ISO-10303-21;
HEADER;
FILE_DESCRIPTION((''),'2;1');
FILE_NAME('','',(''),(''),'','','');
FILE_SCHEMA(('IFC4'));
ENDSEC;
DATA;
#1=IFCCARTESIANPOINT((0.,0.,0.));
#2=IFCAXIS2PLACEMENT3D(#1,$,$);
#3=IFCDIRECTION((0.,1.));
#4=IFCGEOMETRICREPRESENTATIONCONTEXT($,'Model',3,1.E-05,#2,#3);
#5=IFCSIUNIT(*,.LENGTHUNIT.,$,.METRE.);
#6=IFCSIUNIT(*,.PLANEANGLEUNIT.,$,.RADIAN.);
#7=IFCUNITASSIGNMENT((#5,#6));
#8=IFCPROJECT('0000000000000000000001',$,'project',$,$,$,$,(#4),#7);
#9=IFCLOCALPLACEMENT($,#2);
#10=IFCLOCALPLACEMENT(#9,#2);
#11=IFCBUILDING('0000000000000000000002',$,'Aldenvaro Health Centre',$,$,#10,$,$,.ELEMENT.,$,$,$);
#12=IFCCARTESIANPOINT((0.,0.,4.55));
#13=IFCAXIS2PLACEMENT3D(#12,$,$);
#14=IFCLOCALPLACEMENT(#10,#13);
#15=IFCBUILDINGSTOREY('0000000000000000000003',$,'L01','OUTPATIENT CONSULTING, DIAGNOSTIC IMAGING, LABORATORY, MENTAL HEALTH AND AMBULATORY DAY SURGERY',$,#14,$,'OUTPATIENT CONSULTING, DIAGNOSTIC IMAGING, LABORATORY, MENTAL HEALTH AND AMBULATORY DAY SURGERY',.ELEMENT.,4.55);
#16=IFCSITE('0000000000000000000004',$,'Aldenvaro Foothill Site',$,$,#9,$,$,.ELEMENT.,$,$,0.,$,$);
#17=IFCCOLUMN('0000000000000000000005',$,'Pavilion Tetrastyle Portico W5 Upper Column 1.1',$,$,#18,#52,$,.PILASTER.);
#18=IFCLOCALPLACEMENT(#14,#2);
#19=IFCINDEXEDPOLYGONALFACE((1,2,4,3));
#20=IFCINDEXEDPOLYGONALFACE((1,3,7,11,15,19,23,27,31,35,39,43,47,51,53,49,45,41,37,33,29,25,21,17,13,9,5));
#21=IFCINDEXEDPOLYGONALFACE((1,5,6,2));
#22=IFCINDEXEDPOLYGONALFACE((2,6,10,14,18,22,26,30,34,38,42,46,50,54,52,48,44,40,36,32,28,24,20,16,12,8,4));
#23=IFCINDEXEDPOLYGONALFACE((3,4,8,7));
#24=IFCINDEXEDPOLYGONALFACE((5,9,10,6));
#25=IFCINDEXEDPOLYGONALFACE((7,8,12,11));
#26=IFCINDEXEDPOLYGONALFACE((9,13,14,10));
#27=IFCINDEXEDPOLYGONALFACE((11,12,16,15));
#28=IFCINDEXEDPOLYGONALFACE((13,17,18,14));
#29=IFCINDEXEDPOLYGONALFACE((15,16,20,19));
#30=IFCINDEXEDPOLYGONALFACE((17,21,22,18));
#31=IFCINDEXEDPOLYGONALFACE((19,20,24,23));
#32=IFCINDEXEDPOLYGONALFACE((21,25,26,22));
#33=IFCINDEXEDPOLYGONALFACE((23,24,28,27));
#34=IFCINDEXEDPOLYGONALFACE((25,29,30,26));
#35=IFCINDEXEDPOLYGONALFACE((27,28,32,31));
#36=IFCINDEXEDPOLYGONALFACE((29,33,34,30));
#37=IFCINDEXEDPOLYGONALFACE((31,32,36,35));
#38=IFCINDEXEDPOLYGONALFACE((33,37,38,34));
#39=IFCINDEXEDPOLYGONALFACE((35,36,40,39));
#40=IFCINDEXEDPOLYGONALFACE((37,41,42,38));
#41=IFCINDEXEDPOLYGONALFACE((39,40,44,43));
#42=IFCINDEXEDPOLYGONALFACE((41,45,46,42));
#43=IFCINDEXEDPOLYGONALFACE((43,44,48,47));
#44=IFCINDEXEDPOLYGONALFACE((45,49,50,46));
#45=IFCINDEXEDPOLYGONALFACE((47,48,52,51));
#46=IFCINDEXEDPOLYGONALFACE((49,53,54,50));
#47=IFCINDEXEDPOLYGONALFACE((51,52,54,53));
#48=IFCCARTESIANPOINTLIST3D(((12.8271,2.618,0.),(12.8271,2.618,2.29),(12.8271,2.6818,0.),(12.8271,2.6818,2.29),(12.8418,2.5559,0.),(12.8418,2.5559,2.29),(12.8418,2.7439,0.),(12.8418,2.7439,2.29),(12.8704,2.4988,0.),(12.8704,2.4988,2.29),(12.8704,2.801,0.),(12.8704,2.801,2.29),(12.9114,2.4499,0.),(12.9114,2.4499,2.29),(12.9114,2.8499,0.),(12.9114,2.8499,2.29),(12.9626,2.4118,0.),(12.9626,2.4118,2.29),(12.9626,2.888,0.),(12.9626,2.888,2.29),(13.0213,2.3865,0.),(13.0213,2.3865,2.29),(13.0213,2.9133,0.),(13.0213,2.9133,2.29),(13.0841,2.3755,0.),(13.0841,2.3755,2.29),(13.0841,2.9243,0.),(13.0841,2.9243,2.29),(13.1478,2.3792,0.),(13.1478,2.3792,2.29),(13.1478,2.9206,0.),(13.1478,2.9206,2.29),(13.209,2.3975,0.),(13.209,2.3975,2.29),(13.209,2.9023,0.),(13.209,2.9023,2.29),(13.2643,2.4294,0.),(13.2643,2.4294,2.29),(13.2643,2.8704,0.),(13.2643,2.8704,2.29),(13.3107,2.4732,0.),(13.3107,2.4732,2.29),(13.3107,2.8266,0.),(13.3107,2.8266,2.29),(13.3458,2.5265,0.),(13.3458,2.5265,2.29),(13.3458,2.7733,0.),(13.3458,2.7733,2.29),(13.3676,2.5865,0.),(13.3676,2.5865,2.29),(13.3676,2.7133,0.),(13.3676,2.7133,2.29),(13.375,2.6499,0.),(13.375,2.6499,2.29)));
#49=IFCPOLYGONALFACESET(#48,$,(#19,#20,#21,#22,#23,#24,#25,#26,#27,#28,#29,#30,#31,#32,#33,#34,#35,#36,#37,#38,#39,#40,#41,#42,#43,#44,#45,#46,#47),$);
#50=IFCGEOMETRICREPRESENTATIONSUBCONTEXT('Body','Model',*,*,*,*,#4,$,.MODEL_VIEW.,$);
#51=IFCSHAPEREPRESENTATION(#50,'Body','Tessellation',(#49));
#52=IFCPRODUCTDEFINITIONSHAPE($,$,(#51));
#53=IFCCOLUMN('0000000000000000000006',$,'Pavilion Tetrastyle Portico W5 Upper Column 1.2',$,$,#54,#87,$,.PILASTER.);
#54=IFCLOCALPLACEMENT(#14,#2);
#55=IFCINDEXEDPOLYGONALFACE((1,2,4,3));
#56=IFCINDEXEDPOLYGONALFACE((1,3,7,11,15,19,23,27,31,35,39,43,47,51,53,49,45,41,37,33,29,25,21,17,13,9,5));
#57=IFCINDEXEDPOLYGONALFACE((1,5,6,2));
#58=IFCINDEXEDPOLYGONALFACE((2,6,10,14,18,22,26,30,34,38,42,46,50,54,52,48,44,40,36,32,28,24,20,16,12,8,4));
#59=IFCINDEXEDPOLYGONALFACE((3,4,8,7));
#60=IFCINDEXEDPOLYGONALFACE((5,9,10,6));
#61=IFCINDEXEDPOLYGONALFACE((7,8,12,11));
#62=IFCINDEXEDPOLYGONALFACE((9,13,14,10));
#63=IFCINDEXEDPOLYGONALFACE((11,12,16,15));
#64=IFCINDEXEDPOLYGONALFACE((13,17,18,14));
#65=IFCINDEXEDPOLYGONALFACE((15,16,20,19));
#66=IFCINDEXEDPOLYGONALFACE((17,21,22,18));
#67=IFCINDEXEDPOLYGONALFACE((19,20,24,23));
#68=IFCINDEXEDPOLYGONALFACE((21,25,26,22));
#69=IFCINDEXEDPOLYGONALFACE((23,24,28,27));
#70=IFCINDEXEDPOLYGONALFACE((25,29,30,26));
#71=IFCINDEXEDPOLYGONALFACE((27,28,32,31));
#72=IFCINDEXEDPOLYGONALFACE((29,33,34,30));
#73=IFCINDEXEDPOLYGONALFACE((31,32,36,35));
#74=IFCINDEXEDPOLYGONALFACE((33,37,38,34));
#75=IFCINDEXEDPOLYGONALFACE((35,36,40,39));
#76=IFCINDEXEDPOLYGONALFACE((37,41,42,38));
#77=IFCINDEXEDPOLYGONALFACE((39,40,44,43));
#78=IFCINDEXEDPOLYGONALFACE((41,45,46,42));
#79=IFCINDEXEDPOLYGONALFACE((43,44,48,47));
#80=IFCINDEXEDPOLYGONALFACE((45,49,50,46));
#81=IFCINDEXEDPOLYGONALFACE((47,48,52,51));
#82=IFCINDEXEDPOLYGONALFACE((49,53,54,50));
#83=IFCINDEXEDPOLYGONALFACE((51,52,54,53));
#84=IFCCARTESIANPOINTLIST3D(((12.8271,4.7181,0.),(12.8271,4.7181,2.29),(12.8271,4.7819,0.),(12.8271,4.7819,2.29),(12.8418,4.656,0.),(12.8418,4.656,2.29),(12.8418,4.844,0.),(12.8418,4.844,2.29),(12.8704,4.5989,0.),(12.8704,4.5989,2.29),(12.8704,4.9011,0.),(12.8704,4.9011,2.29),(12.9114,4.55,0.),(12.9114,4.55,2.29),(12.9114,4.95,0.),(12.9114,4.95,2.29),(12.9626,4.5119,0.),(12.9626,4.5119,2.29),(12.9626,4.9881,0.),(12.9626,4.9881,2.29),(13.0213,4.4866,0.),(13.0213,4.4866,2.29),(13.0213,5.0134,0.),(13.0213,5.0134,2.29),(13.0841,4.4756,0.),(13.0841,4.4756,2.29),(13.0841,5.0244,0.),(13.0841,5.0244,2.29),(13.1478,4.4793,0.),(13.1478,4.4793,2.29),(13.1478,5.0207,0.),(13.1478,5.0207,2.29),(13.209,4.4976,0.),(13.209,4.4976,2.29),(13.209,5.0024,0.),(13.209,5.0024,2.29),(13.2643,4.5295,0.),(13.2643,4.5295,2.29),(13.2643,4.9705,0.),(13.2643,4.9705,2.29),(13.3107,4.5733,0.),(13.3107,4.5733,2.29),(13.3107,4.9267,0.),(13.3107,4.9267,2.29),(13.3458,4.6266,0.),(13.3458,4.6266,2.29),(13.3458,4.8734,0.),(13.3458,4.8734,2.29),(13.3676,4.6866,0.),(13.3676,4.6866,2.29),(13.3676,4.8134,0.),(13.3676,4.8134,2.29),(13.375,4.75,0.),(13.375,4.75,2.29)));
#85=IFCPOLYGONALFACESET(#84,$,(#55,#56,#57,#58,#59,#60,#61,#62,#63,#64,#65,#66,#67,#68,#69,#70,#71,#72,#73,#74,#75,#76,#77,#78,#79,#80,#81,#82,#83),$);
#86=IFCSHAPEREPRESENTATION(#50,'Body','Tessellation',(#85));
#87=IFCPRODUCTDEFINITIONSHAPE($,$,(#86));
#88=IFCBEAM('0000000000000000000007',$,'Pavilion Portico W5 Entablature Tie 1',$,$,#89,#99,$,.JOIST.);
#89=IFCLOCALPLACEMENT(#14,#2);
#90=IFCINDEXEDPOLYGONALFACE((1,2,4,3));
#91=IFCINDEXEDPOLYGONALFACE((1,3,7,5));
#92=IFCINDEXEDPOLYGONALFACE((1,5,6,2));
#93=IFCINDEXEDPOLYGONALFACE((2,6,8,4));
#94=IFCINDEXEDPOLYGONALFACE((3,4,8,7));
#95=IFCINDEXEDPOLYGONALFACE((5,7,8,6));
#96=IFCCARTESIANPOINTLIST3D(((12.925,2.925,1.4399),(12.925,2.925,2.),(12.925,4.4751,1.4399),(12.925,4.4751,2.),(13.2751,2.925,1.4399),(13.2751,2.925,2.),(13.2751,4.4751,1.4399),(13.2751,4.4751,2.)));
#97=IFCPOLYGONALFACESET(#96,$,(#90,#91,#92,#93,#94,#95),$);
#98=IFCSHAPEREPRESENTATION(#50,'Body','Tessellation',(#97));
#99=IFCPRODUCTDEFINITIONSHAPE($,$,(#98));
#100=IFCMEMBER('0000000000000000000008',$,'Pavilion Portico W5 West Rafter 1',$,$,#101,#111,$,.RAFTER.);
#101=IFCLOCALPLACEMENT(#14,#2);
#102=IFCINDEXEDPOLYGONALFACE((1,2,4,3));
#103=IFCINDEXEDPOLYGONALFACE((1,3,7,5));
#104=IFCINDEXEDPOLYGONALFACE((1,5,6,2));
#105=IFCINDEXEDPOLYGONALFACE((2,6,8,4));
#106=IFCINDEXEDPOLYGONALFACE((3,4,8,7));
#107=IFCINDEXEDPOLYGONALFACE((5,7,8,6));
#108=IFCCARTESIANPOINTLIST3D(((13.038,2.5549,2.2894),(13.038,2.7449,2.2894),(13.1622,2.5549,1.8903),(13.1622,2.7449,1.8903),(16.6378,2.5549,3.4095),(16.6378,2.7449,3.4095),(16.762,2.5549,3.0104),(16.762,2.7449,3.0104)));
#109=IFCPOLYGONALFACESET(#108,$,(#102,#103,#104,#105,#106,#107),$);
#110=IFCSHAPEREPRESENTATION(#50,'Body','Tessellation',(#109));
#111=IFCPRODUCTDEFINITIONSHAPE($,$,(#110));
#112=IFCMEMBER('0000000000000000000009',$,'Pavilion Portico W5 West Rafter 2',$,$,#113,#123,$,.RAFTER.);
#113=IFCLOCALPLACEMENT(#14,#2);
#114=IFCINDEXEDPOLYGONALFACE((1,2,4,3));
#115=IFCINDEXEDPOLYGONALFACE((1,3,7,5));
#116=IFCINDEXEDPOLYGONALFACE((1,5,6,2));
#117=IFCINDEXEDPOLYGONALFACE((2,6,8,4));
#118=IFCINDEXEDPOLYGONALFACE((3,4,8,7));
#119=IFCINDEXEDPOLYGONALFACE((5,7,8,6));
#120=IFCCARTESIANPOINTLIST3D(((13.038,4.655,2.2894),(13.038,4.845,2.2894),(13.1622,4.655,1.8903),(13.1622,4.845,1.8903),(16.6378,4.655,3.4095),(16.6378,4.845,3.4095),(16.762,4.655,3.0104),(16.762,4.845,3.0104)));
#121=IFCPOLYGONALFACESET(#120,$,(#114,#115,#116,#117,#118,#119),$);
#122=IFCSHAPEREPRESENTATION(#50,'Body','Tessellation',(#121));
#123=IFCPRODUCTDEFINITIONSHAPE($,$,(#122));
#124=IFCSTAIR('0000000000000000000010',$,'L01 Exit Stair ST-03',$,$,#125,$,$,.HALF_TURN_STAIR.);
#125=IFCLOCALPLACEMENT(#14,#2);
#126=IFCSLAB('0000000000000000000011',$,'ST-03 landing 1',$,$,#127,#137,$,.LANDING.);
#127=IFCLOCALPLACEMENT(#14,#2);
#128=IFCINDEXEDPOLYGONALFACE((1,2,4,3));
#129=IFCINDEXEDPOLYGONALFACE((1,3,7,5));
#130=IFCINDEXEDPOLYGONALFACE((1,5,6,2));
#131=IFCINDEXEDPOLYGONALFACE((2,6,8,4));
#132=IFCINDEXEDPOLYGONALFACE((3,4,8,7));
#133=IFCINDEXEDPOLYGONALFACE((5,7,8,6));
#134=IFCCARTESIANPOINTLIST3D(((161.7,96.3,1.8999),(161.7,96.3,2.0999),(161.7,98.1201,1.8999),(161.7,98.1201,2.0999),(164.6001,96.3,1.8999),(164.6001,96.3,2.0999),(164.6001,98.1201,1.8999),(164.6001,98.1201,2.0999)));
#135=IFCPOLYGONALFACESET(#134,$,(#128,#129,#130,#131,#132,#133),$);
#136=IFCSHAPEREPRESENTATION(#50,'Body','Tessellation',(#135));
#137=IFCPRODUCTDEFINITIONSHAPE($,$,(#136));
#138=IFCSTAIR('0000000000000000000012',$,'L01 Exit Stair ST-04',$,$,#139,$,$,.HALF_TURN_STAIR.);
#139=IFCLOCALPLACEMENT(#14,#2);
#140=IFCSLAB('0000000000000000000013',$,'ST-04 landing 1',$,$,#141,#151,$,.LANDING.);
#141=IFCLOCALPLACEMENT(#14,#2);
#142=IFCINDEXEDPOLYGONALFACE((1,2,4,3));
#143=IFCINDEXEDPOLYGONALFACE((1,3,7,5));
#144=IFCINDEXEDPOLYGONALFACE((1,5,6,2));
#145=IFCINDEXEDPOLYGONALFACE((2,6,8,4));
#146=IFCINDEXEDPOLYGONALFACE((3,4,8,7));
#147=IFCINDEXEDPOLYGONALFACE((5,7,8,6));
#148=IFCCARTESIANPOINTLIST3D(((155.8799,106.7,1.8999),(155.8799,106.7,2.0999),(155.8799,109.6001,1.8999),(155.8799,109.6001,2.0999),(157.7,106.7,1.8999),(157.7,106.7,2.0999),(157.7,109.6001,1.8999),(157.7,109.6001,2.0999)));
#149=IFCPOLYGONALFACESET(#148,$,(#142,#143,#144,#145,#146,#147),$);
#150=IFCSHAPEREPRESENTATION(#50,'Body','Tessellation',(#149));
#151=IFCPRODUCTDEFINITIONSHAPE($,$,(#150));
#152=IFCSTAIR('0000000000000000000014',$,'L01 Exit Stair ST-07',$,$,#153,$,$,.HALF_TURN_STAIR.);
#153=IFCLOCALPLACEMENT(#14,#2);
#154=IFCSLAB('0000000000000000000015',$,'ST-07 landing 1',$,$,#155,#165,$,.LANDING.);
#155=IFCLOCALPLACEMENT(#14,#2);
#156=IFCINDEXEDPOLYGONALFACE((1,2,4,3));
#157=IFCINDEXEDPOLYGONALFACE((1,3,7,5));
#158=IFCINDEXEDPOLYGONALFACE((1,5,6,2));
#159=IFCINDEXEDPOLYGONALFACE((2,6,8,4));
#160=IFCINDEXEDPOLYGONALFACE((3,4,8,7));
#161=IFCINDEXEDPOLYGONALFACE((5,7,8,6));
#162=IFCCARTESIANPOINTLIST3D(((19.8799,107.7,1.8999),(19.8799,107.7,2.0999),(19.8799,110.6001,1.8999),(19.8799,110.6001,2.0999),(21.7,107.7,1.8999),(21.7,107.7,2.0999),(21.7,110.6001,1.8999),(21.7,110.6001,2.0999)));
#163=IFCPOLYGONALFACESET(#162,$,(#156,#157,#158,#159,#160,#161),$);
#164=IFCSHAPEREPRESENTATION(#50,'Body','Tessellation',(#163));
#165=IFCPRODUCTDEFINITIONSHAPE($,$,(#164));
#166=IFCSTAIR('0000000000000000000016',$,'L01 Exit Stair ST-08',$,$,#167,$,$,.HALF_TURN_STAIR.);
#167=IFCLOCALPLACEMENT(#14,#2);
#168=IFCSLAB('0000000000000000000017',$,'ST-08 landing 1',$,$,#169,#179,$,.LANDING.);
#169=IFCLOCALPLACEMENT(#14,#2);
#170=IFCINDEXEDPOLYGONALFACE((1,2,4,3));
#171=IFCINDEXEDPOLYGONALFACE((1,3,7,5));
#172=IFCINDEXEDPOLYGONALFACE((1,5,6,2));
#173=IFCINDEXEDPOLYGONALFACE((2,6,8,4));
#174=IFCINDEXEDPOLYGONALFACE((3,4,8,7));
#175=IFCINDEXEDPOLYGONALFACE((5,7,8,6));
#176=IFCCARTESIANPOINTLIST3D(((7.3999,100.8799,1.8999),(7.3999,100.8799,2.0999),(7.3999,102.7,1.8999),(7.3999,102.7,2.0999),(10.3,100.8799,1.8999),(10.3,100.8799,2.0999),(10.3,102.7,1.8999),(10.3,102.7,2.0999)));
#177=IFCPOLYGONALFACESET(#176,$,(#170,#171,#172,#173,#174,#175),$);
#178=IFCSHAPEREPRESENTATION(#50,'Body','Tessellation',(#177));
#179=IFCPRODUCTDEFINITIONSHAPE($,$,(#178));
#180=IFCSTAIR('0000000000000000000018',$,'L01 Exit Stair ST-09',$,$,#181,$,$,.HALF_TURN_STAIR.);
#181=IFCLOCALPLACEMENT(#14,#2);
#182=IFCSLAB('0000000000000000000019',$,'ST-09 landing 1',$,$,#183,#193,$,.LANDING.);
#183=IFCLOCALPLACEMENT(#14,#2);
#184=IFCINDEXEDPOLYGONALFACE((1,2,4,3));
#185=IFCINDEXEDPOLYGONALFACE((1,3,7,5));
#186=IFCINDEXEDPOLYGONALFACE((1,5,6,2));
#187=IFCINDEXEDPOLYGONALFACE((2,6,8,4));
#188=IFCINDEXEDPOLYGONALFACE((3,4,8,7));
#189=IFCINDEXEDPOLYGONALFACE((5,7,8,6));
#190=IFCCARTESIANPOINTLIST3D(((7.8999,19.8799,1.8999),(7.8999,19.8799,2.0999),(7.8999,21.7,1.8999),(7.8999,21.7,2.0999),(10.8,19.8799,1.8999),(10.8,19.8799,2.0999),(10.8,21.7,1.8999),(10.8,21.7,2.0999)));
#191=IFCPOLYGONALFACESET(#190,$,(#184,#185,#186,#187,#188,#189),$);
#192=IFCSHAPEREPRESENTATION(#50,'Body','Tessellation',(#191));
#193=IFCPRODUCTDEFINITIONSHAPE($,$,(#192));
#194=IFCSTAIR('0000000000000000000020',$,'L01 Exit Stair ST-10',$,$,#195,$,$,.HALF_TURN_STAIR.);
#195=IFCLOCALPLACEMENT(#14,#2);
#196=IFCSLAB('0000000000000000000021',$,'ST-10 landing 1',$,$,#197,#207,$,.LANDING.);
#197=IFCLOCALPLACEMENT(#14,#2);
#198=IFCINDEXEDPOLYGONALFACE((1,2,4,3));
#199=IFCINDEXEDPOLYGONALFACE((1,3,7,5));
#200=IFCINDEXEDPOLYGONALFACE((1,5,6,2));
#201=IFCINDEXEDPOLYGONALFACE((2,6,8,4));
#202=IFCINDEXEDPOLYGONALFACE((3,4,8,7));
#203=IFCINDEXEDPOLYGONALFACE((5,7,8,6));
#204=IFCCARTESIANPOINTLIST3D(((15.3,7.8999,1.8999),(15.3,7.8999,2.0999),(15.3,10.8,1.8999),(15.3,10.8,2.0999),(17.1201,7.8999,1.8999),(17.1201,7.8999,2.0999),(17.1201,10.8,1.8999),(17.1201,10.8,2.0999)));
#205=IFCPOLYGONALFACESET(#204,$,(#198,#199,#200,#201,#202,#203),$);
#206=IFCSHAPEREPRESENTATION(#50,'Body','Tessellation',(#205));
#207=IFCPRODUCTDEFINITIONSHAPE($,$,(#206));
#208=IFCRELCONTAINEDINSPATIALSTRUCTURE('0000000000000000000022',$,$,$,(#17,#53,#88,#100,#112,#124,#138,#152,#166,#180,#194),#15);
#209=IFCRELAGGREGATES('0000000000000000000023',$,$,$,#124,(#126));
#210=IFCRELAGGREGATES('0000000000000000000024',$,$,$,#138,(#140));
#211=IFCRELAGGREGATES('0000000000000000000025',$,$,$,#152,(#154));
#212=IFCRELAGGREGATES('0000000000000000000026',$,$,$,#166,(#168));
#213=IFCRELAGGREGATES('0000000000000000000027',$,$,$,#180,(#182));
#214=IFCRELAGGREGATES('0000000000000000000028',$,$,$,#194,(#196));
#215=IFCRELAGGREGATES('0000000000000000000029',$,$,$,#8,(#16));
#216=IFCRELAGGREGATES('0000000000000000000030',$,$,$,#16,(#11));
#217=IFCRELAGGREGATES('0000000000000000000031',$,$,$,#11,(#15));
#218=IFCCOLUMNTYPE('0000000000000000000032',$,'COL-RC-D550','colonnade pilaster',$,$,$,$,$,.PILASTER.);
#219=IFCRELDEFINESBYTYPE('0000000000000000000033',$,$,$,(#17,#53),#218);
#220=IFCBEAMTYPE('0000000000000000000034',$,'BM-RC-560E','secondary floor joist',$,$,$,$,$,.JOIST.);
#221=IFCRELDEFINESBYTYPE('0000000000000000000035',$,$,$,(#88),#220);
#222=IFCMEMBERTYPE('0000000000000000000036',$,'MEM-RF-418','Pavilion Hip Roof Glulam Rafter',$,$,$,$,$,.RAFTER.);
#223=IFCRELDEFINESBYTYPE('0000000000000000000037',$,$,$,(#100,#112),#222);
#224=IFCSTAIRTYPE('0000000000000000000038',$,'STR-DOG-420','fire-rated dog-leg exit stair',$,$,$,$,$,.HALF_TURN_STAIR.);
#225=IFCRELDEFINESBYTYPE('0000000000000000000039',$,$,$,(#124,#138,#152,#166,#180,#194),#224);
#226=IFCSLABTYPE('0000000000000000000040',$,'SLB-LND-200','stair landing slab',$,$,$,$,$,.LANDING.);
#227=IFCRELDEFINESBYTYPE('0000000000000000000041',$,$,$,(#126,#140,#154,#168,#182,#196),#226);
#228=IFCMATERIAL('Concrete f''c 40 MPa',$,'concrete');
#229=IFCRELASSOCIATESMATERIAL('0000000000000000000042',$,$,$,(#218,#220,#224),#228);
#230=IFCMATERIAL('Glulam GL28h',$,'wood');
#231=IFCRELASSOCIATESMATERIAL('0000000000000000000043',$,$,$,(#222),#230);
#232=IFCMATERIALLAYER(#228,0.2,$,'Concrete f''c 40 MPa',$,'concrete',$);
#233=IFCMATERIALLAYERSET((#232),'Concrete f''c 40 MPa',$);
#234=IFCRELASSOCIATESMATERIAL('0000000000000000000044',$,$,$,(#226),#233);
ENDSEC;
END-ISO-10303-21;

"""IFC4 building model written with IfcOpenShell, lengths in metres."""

from ifc_helpers import new_model, si_unit, direction, frame, origin, origin_2d, place, context, subcontext, project, spatial, polyline, rectangle, circle, outline, extrude, material, layer, layer_set, material_profile, profile_set, type_object, element, aggregate, save


model = new_model("IFC4")

# Units and contexts
model_context = context("Model", 3, precision=1e-05, world=origin(), true_north=direction((0.0, 1.0)))
body_context = subcontext(model_context, "Body", "Model", "MODEL_VIEW")
ifc_project = project(units=[si_unit("LENGTHUNIT", "METRE"), si_unit("PLANEANGLEUNIT", "RADIAN")], contexts=[model_context])

# Site, building, storey
site_placement = place(None, origin())
site = spatial("IfcSite", under=ifc_project, at=site_placement, Name="Aldenvaro Foothill Site", CompositionType="ELEMENT", RefElevation=0.0)
building_placement = place(site_placement, origin())
building = spatial("IfcBuilding", under=site, at=building_placement, Name="Aldenvaro Health Centre", CompositionType="ELEMENT")
storey_placement = place(building_placement, frame((0.0, 0.0, 4.55)))
storey = spatial("IfcBuildingStorey", under=building, at=storey_placement, Name="L01", Description="OUTPATIENT CONSULTING, DIAGNOSTIC IMAGING, LABORATORY, MENTAL HEALTH AND AMBULATORY DAY SURGERY", LongName="OUTPATIENT CONSULTING, DIAGNOSTIC IMAGING, LABORATORY, MENTAL HEALTH AND AMBULATORY DAY SURGERY", CompositionType="ELEMENT", Elevation=4.55)

# Columns
ifc_material_1 = material(Name="Concrete f'c 40 MPa", Category="concrete")
ifc_material_profile_1 = material_profile(ifc_material_1, circle(Radius=0.2749, at=origin_2d()), Name="RC D550", Category="concrete")
ifc_profile_set_1 = profile_set([ifc_material_profile_1], Name="Concrete f'c 40 MPa")
column_type = type_object("IfcColumnType", Name="COL-RC-D550", Description="colonnade pilaster", PredefinedType="PILASTER", material=ifc_profile_set_1)
for number, where, z_axis, x_axis, name in (
    (1, (13.1001, 2.6499, 0.0), (0.0, 0.0, 1.0), (1.0, 0.0, 0.0), "Pavilion Tetrastyle Portico W5 Upper Column 1.1"),
    (2, (13.1001, 4.75, 0.0), (0.0, 0.0, 1.0), (1.0, 0.0, 0.0), "Pavilion Tetrastyle Portico W5 Upper Column 1.2"),
):
    element("IfcColumn", number, at=place(storey_placement, frame(where, z_axis=z_axis, x_axis=x_axis)), inside=storey, type_object=column_type, Name=name, PredefinedType="PILASTER", context=body_context, shape_type="SweptSolid", body=[
        extrude(circle(Radius=0.2749, at=origin_2d()), origin(), (0.0, 0.0, 1.0), 2.29),
    ])

# Beam
ifc_material_profile_2 = material_profile(ifc_material_1, rectangle(XDim=0.3501, YDim=0.5601, at=origin_2d()), Name="RC 350x560", Category="concrete")
ifc_profile_set_2 = profile_set([ifc_material_profile_2], Name="Concrete f'c 40 MPa")
beam_type = type_object("IfcBeamType", Name="BM-RC-560E", Description="secondary floor joist", PredefinedType="JOIST", material=ifc_profile_set_2)
beam_placement = place(storey_placement, frame((13.1001, 2.925, 1.72), z_axis=(0.0, 1.0, 0.0), x_axis=(-1.0, 0.0, 0.0)))
element("IfcBeam", 3, at=beam_placement, inside=storey, type_object=beam_type, Name="Pavilion Portico W5 Entablature Tie 1", PredefinedType="JOIST", context=body_context, shape_type="SweptSolid", body=[
    extrude(rectangle(XDim=0.3501, YDim=0.5601, at=origin_2d()), origin(), (0.0, 0.0, 1.0), 1.55),
])

# Members
ifc_material_2 = material(Name="Glulam GL28h", Category="wood")
ifc_material_profile_3 = material_profile(ifc_material_2, rectangle(XDim=0.1899, YDim=0.418, at=origin_2d()), Name="GL 190x418", Category="wood")
ifc_profile_set_3 = profile_set([ifc_material_profile_3], Name="Glulam GL28h")
member_type = type_object("IfcMemberType", Name="MEM-RF-418", Description="Pavilion Hip Roof Glulam Rafter", PredefinedType="RAFTER", material=ifc_profile_set_3)
for number, where, z_axis, x_axis, name in (
    (4, (13.1001, 2.6499, 2.0898), (0.954845, 0.0, 0.297106), (0.0, 1.0, 0.0), "Pavilion Portico W5 West Rafter 1"),
    (5, (13.1001, 4.75, 2.0898), (0.954845, 0.0, 0.297106), (0.0, 1.0, 0.0), "Pavilion Portico W5 West Rafter 2"),
):
    element("IfcMember", number, at=place(storey_placement, frame(where, z_axis=z_axis, x_axis=x_axis)), inside=storey, type_object=member_type, Name=name, PredefinedType="RAFTER", context=body_context, shape_type="SweptSolid", body=[
        extrude(rectangle(XDim=0.1899, YDim=0.418, at=origin_2d()), origin(), (0.0, 0.0, 1.0), 3.77),
    ])

# Stairs, slabs
stair_type = type_object("IfcStairType", Name="STR-DOG-420", Description="fire-rated dog-leg exit stair", PredefinedType="HALF_TURN_STAIR", material=ifc_material_1)
stair_1_placement = place(storey_placement, origin())
stair_1 = element("IfcStair", 6, at=stair_1_placement, inside=storey, type_object=stair_type, Name="L01 Exit Stair ST-03", PredefinedType="HALF_TURN_STAIR")
ifc_layer_1 = layer(ifc_material_1, 0.2, Name="Concrete f'c 40 MPa", Category="concrete")
ifc_layer_set_1 = layer_set([ifc_layer_1], Name="Concrete f'c 40 MPa")
slab_type_1 = type_object("IfcSlabType", Name="SLB-LND-200", Description="stair landing slab", PredefinedType="LANDING", material=ifc_layer_set_1)
slab_1_placement = place(storey_placement, frame((0.0, 0.0, 1.8999)))
slab_1 = element("IfcSlab", 7, at=slab_1_placement, type_object=slab_type_1, Name="ST-03 landing 1", PredefinedType="LANDING", context=body_context, shape_type="SweptSolid", body=[
    extrude(outline(polyline([(161.7, 98.1201), (161.7, 96.3), (164.6001, 96.3), (164.6001, 98.1201), (161.7, 98.1201)])), origin(), (0.0, 0.0, 1.0), 0.2),
])
aggregate(stair_1, [slab_1])
stair_2_placement = place(storey_placement, origin())
stair_2 = element("IfcStair", 8, at=stair_2_placement, inside=storey, type_object=stair_type, Name="L01 Exit Stair ST-04", PredefinedType="HALF_TURN_STAIR")
slab_2_placement = place(storey_placement, frame((0.0, 0.0, 1.8999)))
slab_2 = element("IfcSlab", 9, at=slab_2_placement, type_object=slab_type_1, Name="ST-04 landing 1", PredefinedType="LANDING", context=body_context, shape_type="SweptSolid", body=[
    extrude(outline(polyline([(155.8799, 106.7), (157.7, 106.7), (157.7, 109.6001), (155.8799, 109.6001), (155.8799, 106.7)])), origin(), (0.0, 0.0, 1.0), 0.2),
])
aggregate(stair_2, [slab_2])
stair_3_placement = place(storey_placement, origin())
stair_3 = element("IfcStair", 10, at=stair_3_placement, inside=storey, type_object=stair_type, Name="L01 Exit Stair ST-07", PredefinedType="HALF_TURN_STAIR")
slab_3_placement = place(storey_placement, frame((0.0, 0.0, 1.8999)))
slab_3 = element("IfcSlab", 11, at=slab_3_placement, type_object=slab_type_1, Name="ST-07 landing 1", PredefinedType="LANDING", context=body_context, shape_type="SweptSolid", body=[
    extrude(outline(polyline([(19.8799, 107.7), (21.7, 107.7), (21.7, 110.6001), (19.8799, 110.6001), (19.8799, 107.7)])), origin(), (0.0, 0.0, 1.0), 0.2),
])
aggregate(stair_3, [slab_3])
stair_4_placement = place(storey_placement, origin())
stair_4 = element("IfcStair", 12, at=stair_4_placement, inside=storey, type_object=stair_type, Name="L01 Exit Stair ST-08", PredefinedType="HALF_TURN_STAIR")
slab_4_placement = place(storey_placement, frame((0.0, 0.0, 1.8999)))
slab_4 = element("IfcSlab", 13, at=slab_4_placement, type_object=slab_type_1, Name="ST-08 landing 1", PredefinedType="LANDING", context=body_context, shape_type="SweptSolid", body=[
    extrude(outline(polyline([(10.3, 100.8799), (10.3, 102.7), (7.3999, 102.7), (7.3999, 100.8799), (10.3, 100.8799)])), origin(), (0.0, 0.0, 1.0), 0.2),
])
aggregate(stair_4, [slab_4])
stair_5_placement = place(storey_placement, origin())
stair_5 = element("IfcStair", 14, at=stair_5_placement, inside=storey, type_object=stair_type, Name="L01 Exit Stair ST-09", PredefinedType="HALF_TURN_STAIR")
slab_5_placement = place(storey_placement, frame((0.0, 0.0, 1.8999)))
slab_5 = element("IfcSlab", 15, at=slab_5_placement, type_object=slab_type_1, Name="ST-09 landing 1", PredefinedType="LANDING", context=body_context, shape_type="SweptSolid", body=[
    extrude(outline(polyline([(10.8, 19.8799), (10.8, 21.7), (7.8999, 21.7), (7.8999, 19.8799), (10.8, 19.8799)])), origin(), (0.0, 0.0, 1.0), 0.2),
])
aggregate(stair_5, [slab_5])
stair_6_placement = place(storey_placement, origin())
stair_6 = element("IfcStair", 16, at=stair_6_placement, inside=storey, type_object=stair_type, Name="L01 Exit Stair ST-10", PredefinedType="HALF_TURN_STAIR")
slab_6_placement = place(storey_placement, frame((0.0, 0.0, 1.8999)))
slab_6 = element("IfcSlab", 17, at=slab_6_placement, type_object=slab_type_1, Name="ST-10 landing 1", PredefinedType="LANDING", context=body_context, shape_type="SweptSolid", body=[
    extrude(outline(polyline([(17.1201, 10.8), (15.3, 10.8), (15.3, 7.8999), (17.1201, 7.8999), (17.1201, 10.8)])), origin(), (0.0, 0.0, 1.0), 0.2),
])
aggregate(stair_6, [slab_6])

save(model, "model.ifc")
